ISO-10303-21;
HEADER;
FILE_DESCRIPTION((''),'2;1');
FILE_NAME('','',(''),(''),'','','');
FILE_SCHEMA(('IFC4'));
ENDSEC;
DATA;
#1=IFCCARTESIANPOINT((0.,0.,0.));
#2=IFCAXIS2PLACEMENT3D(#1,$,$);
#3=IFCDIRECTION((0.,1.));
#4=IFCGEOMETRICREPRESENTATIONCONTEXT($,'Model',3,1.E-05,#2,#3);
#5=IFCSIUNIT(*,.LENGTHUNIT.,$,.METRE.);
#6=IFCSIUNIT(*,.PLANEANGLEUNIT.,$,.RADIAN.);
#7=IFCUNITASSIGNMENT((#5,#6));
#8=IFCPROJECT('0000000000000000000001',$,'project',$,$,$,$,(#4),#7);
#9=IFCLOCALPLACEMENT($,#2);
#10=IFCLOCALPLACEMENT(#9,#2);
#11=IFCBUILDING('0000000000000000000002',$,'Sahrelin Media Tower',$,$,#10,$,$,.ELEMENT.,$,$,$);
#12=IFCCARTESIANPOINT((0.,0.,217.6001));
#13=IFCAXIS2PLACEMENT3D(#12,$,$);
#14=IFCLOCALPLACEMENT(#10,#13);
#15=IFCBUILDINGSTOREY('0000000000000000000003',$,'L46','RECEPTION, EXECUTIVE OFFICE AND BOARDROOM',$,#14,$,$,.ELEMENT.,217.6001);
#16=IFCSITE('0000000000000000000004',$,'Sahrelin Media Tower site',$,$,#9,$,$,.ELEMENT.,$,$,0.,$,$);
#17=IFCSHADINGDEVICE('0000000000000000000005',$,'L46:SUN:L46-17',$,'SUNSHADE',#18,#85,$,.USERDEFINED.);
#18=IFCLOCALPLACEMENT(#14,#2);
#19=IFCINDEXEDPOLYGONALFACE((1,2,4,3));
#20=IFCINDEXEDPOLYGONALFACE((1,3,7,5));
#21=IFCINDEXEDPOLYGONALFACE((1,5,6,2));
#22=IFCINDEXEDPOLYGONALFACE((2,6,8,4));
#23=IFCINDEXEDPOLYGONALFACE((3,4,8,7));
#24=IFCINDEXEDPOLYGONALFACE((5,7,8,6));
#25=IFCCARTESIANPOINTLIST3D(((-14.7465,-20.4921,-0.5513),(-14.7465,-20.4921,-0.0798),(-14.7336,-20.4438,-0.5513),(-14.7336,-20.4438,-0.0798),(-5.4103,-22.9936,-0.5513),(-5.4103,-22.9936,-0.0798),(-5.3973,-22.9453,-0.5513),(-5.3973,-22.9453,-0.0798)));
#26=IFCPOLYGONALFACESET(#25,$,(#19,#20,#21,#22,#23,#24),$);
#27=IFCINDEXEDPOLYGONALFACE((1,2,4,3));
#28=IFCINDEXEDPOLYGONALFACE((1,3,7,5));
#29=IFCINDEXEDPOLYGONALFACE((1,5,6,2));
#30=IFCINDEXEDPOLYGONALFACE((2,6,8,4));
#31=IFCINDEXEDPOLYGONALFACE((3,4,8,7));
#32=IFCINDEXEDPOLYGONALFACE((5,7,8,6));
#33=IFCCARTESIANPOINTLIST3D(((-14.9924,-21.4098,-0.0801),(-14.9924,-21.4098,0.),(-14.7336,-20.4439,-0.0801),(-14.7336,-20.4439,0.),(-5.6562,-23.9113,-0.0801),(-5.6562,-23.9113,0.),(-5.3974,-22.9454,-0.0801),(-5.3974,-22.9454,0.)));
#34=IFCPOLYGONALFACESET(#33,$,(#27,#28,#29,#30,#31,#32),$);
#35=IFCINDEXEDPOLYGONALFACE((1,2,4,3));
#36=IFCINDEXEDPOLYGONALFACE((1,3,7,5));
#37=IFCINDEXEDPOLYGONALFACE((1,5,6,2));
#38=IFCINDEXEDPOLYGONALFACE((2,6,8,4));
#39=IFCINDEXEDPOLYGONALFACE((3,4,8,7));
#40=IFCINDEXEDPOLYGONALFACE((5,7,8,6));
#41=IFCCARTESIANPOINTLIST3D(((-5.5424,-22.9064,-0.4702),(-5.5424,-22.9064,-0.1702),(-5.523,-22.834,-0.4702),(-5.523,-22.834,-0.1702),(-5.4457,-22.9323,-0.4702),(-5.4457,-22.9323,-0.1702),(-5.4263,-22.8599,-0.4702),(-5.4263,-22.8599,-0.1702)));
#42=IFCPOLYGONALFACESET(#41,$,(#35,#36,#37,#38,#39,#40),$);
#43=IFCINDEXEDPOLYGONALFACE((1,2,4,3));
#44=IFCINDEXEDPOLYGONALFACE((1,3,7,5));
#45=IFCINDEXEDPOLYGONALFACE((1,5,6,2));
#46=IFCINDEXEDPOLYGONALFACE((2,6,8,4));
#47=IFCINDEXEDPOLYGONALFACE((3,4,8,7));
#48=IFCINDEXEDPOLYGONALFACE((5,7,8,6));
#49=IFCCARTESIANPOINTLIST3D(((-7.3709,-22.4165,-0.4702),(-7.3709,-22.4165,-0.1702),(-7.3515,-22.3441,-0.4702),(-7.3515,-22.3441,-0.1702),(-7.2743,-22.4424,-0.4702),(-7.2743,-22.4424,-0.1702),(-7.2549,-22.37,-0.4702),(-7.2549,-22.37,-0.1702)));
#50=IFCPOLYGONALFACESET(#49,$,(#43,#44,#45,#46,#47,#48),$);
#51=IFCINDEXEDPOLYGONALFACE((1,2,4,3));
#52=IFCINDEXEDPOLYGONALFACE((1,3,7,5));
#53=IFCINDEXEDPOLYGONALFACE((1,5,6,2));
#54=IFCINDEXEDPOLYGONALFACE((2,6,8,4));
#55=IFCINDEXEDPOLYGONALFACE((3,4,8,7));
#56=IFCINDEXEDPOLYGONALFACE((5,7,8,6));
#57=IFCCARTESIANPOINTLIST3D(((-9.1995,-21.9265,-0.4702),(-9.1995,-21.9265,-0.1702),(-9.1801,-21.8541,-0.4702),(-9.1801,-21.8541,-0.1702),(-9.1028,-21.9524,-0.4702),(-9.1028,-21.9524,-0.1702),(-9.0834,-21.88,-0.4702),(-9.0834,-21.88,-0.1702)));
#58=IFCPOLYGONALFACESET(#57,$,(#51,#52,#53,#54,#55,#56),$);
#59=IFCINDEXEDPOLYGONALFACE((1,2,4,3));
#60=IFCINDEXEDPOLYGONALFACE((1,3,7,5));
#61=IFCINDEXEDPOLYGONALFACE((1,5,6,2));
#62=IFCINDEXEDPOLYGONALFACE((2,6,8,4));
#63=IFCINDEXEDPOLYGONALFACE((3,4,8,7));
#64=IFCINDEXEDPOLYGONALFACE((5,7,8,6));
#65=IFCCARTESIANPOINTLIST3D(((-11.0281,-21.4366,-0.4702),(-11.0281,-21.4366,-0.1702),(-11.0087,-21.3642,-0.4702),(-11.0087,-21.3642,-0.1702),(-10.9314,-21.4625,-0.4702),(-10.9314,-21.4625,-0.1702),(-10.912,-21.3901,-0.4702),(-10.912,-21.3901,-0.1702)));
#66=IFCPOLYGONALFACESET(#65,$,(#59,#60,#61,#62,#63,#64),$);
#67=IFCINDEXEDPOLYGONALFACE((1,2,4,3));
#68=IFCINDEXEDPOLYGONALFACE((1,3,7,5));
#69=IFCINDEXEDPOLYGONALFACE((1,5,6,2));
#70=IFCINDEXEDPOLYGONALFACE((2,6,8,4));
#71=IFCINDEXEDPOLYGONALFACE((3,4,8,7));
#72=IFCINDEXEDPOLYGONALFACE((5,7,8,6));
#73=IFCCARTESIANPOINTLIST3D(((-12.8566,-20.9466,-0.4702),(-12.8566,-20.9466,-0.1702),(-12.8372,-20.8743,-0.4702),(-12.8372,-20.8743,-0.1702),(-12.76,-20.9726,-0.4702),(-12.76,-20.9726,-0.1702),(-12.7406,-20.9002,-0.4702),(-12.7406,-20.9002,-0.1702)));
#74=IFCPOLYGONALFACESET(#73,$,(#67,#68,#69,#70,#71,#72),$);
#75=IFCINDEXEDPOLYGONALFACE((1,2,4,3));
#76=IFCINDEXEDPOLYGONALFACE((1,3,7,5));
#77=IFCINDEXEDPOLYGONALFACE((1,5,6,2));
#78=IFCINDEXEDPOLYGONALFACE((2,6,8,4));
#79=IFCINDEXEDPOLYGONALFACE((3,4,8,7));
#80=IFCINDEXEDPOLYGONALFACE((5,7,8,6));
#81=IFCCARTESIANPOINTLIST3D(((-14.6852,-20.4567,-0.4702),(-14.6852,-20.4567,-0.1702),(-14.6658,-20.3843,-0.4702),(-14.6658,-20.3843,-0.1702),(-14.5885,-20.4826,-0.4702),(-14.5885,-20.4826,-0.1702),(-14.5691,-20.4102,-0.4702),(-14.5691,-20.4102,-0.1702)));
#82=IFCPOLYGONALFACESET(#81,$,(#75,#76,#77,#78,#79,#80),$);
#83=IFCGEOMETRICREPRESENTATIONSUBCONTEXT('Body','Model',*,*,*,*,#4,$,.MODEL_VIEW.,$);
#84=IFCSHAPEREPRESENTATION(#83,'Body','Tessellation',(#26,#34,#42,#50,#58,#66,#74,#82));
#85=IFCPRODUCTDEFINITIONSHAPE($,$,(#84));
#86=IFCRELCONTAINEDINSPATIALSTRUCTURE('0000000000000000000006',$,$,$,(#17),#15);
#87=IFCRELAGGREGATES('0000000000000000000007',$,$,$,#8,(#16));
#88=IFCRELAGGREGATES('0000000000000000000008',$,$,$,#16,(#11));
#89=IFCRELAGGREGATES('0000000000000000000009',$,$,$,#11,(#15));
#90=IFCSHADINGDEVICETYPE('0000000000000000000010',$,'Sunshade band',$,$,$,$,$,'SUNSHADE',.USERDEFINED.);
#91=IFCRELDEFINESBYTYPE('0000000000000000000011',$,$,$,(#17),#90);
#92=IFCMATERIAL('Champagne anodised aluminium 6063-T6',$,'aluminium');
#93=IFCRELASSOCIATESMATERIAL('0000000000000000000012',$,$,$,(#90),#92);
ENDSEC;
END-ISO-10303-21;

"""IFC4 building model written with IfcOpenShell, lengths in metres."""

from ifc_helpers import new_model, si_unit, direction, frame, origin, origin_2d, place, context, subcontext, project, spatial, rectangle, extrude, material, type_object, element, save


model = new_model("IFC4")

# Units and contexts
model_context = context("Model", 3, precision=1e-05, world=origin(), true_north=direction((0.0, 1.0)))
body_context = subcontext(model_context, "Body", "Model", "MODEL_VIEW")
ifc_project = project(units=[si_unit("LENGTHUNIT", "METRE"), si_unit("PLANEANGLEUNIT", "RADIAN")], contexts=[model_context])

# Site, building, storey
site_placement = place(None, origin())
site = spatial("IfcSite", under=ifc_project, at=site_placement, Name="Sahrelin Media Tower site", CompositionType="ELEMENT", RefElevation=0.0)
building_placement = place(site_placement, origin())
building = spatial("IfcBuilding", under=site, at=building_placement, Name="Sahrelin Media Tower", CompositionType="ELEMENT")
storey_placement = place(building_placement, frame((0.0, 0.0, 217.6001)))
storey = spatial("IfcBuildingStorey", under=building, at=storey_placement, Name="L46", Description="RECEPTION, EXECUTIVE OFFICE AND BOARDROOM", CompositionType="ELEMENT", Elevation=217.6001)

# Shared definitions
ifc_material_1 = material(Name="Champagne anodised aluminium 6063-T6", Category="aluminium")

# Shading device
placement_1 = place(storey_placement, frame((-10.0603, -21.6753, 0.0), z_axis=(0.0, 0.0, 1.0), x_axis=(-0.965929, 0.258808, 0.0)))
shading_device_type_1 = type_object("IfcShadingDeviceType", Name="Sunshade band", ElementType="SUNSHADE", PredefinedType="USERDEFINED", material=ifc_material_1)
element("IfcShadingDevice", 1, at=placement_1, inside=storey, type_object=shading_device_type_1, Name="L46:SUN:L46-17", ObjectType="SUNSHADE", PredefinedType="USERDEFINED", context=body_context, shape_type="SweptSolid", body=[
    extrude(rectangle(XDim=9.6655, YDim=0.05, at=origin_2d()), frame((0.0, 0.0449, -0.5513)), (0.0, 0.0, 1.0), 0.4714),
    extrude(rectangle(XDim=9.6655, YDim=1.0, at=origin_2d()), frame((0.0, 0.52, -0.0801)), (0.0, 0.0, 1.0), 0.0801),
    extrude(rectangle(XDim=0.1001, YDim=0.075, at=origin_2d()), frame((-4.7327, -0.0176, -0.4702)), (0.0, 0.0, 1.0), 0.3),
    extrude(rectangle(XDim=0.1001, YDim=0.075, at=origin_2d()), frame((-2.8396, -0.0176, -0.4702)), (0.0, 0.0, 1.0), 0.3),
    extrude(rectangle(XDim=0.1001, YDim=0.075, at=origin_2d()), frame((-0.9465, -0.0176, -0.4702)), (0.0, 0.0, 1.0), 0.3),
    extrude(rectangle(XDim=0.1001, YDim=0.075, at=origin_2d()), frame((0.9465, -0.0176, -0.4702)), (0.0, 0.0, 1.0), 0.3),
    extrude(rectangle(XDim=0.1001, YDim=0.075, at=origin_2d()), frame((2.8396, -0.0176, -0.4702)), (0.0, 0.0, 1.0), 0.3),
    extrude(rectangle(XDim=0.1001, YDim=0.075, at=origin_2d()), frame((4.7327, -0.0176, -0.4702)), (0.0, 0.0, 1.0), 0.3),
])

save(model, "model.ifc")
